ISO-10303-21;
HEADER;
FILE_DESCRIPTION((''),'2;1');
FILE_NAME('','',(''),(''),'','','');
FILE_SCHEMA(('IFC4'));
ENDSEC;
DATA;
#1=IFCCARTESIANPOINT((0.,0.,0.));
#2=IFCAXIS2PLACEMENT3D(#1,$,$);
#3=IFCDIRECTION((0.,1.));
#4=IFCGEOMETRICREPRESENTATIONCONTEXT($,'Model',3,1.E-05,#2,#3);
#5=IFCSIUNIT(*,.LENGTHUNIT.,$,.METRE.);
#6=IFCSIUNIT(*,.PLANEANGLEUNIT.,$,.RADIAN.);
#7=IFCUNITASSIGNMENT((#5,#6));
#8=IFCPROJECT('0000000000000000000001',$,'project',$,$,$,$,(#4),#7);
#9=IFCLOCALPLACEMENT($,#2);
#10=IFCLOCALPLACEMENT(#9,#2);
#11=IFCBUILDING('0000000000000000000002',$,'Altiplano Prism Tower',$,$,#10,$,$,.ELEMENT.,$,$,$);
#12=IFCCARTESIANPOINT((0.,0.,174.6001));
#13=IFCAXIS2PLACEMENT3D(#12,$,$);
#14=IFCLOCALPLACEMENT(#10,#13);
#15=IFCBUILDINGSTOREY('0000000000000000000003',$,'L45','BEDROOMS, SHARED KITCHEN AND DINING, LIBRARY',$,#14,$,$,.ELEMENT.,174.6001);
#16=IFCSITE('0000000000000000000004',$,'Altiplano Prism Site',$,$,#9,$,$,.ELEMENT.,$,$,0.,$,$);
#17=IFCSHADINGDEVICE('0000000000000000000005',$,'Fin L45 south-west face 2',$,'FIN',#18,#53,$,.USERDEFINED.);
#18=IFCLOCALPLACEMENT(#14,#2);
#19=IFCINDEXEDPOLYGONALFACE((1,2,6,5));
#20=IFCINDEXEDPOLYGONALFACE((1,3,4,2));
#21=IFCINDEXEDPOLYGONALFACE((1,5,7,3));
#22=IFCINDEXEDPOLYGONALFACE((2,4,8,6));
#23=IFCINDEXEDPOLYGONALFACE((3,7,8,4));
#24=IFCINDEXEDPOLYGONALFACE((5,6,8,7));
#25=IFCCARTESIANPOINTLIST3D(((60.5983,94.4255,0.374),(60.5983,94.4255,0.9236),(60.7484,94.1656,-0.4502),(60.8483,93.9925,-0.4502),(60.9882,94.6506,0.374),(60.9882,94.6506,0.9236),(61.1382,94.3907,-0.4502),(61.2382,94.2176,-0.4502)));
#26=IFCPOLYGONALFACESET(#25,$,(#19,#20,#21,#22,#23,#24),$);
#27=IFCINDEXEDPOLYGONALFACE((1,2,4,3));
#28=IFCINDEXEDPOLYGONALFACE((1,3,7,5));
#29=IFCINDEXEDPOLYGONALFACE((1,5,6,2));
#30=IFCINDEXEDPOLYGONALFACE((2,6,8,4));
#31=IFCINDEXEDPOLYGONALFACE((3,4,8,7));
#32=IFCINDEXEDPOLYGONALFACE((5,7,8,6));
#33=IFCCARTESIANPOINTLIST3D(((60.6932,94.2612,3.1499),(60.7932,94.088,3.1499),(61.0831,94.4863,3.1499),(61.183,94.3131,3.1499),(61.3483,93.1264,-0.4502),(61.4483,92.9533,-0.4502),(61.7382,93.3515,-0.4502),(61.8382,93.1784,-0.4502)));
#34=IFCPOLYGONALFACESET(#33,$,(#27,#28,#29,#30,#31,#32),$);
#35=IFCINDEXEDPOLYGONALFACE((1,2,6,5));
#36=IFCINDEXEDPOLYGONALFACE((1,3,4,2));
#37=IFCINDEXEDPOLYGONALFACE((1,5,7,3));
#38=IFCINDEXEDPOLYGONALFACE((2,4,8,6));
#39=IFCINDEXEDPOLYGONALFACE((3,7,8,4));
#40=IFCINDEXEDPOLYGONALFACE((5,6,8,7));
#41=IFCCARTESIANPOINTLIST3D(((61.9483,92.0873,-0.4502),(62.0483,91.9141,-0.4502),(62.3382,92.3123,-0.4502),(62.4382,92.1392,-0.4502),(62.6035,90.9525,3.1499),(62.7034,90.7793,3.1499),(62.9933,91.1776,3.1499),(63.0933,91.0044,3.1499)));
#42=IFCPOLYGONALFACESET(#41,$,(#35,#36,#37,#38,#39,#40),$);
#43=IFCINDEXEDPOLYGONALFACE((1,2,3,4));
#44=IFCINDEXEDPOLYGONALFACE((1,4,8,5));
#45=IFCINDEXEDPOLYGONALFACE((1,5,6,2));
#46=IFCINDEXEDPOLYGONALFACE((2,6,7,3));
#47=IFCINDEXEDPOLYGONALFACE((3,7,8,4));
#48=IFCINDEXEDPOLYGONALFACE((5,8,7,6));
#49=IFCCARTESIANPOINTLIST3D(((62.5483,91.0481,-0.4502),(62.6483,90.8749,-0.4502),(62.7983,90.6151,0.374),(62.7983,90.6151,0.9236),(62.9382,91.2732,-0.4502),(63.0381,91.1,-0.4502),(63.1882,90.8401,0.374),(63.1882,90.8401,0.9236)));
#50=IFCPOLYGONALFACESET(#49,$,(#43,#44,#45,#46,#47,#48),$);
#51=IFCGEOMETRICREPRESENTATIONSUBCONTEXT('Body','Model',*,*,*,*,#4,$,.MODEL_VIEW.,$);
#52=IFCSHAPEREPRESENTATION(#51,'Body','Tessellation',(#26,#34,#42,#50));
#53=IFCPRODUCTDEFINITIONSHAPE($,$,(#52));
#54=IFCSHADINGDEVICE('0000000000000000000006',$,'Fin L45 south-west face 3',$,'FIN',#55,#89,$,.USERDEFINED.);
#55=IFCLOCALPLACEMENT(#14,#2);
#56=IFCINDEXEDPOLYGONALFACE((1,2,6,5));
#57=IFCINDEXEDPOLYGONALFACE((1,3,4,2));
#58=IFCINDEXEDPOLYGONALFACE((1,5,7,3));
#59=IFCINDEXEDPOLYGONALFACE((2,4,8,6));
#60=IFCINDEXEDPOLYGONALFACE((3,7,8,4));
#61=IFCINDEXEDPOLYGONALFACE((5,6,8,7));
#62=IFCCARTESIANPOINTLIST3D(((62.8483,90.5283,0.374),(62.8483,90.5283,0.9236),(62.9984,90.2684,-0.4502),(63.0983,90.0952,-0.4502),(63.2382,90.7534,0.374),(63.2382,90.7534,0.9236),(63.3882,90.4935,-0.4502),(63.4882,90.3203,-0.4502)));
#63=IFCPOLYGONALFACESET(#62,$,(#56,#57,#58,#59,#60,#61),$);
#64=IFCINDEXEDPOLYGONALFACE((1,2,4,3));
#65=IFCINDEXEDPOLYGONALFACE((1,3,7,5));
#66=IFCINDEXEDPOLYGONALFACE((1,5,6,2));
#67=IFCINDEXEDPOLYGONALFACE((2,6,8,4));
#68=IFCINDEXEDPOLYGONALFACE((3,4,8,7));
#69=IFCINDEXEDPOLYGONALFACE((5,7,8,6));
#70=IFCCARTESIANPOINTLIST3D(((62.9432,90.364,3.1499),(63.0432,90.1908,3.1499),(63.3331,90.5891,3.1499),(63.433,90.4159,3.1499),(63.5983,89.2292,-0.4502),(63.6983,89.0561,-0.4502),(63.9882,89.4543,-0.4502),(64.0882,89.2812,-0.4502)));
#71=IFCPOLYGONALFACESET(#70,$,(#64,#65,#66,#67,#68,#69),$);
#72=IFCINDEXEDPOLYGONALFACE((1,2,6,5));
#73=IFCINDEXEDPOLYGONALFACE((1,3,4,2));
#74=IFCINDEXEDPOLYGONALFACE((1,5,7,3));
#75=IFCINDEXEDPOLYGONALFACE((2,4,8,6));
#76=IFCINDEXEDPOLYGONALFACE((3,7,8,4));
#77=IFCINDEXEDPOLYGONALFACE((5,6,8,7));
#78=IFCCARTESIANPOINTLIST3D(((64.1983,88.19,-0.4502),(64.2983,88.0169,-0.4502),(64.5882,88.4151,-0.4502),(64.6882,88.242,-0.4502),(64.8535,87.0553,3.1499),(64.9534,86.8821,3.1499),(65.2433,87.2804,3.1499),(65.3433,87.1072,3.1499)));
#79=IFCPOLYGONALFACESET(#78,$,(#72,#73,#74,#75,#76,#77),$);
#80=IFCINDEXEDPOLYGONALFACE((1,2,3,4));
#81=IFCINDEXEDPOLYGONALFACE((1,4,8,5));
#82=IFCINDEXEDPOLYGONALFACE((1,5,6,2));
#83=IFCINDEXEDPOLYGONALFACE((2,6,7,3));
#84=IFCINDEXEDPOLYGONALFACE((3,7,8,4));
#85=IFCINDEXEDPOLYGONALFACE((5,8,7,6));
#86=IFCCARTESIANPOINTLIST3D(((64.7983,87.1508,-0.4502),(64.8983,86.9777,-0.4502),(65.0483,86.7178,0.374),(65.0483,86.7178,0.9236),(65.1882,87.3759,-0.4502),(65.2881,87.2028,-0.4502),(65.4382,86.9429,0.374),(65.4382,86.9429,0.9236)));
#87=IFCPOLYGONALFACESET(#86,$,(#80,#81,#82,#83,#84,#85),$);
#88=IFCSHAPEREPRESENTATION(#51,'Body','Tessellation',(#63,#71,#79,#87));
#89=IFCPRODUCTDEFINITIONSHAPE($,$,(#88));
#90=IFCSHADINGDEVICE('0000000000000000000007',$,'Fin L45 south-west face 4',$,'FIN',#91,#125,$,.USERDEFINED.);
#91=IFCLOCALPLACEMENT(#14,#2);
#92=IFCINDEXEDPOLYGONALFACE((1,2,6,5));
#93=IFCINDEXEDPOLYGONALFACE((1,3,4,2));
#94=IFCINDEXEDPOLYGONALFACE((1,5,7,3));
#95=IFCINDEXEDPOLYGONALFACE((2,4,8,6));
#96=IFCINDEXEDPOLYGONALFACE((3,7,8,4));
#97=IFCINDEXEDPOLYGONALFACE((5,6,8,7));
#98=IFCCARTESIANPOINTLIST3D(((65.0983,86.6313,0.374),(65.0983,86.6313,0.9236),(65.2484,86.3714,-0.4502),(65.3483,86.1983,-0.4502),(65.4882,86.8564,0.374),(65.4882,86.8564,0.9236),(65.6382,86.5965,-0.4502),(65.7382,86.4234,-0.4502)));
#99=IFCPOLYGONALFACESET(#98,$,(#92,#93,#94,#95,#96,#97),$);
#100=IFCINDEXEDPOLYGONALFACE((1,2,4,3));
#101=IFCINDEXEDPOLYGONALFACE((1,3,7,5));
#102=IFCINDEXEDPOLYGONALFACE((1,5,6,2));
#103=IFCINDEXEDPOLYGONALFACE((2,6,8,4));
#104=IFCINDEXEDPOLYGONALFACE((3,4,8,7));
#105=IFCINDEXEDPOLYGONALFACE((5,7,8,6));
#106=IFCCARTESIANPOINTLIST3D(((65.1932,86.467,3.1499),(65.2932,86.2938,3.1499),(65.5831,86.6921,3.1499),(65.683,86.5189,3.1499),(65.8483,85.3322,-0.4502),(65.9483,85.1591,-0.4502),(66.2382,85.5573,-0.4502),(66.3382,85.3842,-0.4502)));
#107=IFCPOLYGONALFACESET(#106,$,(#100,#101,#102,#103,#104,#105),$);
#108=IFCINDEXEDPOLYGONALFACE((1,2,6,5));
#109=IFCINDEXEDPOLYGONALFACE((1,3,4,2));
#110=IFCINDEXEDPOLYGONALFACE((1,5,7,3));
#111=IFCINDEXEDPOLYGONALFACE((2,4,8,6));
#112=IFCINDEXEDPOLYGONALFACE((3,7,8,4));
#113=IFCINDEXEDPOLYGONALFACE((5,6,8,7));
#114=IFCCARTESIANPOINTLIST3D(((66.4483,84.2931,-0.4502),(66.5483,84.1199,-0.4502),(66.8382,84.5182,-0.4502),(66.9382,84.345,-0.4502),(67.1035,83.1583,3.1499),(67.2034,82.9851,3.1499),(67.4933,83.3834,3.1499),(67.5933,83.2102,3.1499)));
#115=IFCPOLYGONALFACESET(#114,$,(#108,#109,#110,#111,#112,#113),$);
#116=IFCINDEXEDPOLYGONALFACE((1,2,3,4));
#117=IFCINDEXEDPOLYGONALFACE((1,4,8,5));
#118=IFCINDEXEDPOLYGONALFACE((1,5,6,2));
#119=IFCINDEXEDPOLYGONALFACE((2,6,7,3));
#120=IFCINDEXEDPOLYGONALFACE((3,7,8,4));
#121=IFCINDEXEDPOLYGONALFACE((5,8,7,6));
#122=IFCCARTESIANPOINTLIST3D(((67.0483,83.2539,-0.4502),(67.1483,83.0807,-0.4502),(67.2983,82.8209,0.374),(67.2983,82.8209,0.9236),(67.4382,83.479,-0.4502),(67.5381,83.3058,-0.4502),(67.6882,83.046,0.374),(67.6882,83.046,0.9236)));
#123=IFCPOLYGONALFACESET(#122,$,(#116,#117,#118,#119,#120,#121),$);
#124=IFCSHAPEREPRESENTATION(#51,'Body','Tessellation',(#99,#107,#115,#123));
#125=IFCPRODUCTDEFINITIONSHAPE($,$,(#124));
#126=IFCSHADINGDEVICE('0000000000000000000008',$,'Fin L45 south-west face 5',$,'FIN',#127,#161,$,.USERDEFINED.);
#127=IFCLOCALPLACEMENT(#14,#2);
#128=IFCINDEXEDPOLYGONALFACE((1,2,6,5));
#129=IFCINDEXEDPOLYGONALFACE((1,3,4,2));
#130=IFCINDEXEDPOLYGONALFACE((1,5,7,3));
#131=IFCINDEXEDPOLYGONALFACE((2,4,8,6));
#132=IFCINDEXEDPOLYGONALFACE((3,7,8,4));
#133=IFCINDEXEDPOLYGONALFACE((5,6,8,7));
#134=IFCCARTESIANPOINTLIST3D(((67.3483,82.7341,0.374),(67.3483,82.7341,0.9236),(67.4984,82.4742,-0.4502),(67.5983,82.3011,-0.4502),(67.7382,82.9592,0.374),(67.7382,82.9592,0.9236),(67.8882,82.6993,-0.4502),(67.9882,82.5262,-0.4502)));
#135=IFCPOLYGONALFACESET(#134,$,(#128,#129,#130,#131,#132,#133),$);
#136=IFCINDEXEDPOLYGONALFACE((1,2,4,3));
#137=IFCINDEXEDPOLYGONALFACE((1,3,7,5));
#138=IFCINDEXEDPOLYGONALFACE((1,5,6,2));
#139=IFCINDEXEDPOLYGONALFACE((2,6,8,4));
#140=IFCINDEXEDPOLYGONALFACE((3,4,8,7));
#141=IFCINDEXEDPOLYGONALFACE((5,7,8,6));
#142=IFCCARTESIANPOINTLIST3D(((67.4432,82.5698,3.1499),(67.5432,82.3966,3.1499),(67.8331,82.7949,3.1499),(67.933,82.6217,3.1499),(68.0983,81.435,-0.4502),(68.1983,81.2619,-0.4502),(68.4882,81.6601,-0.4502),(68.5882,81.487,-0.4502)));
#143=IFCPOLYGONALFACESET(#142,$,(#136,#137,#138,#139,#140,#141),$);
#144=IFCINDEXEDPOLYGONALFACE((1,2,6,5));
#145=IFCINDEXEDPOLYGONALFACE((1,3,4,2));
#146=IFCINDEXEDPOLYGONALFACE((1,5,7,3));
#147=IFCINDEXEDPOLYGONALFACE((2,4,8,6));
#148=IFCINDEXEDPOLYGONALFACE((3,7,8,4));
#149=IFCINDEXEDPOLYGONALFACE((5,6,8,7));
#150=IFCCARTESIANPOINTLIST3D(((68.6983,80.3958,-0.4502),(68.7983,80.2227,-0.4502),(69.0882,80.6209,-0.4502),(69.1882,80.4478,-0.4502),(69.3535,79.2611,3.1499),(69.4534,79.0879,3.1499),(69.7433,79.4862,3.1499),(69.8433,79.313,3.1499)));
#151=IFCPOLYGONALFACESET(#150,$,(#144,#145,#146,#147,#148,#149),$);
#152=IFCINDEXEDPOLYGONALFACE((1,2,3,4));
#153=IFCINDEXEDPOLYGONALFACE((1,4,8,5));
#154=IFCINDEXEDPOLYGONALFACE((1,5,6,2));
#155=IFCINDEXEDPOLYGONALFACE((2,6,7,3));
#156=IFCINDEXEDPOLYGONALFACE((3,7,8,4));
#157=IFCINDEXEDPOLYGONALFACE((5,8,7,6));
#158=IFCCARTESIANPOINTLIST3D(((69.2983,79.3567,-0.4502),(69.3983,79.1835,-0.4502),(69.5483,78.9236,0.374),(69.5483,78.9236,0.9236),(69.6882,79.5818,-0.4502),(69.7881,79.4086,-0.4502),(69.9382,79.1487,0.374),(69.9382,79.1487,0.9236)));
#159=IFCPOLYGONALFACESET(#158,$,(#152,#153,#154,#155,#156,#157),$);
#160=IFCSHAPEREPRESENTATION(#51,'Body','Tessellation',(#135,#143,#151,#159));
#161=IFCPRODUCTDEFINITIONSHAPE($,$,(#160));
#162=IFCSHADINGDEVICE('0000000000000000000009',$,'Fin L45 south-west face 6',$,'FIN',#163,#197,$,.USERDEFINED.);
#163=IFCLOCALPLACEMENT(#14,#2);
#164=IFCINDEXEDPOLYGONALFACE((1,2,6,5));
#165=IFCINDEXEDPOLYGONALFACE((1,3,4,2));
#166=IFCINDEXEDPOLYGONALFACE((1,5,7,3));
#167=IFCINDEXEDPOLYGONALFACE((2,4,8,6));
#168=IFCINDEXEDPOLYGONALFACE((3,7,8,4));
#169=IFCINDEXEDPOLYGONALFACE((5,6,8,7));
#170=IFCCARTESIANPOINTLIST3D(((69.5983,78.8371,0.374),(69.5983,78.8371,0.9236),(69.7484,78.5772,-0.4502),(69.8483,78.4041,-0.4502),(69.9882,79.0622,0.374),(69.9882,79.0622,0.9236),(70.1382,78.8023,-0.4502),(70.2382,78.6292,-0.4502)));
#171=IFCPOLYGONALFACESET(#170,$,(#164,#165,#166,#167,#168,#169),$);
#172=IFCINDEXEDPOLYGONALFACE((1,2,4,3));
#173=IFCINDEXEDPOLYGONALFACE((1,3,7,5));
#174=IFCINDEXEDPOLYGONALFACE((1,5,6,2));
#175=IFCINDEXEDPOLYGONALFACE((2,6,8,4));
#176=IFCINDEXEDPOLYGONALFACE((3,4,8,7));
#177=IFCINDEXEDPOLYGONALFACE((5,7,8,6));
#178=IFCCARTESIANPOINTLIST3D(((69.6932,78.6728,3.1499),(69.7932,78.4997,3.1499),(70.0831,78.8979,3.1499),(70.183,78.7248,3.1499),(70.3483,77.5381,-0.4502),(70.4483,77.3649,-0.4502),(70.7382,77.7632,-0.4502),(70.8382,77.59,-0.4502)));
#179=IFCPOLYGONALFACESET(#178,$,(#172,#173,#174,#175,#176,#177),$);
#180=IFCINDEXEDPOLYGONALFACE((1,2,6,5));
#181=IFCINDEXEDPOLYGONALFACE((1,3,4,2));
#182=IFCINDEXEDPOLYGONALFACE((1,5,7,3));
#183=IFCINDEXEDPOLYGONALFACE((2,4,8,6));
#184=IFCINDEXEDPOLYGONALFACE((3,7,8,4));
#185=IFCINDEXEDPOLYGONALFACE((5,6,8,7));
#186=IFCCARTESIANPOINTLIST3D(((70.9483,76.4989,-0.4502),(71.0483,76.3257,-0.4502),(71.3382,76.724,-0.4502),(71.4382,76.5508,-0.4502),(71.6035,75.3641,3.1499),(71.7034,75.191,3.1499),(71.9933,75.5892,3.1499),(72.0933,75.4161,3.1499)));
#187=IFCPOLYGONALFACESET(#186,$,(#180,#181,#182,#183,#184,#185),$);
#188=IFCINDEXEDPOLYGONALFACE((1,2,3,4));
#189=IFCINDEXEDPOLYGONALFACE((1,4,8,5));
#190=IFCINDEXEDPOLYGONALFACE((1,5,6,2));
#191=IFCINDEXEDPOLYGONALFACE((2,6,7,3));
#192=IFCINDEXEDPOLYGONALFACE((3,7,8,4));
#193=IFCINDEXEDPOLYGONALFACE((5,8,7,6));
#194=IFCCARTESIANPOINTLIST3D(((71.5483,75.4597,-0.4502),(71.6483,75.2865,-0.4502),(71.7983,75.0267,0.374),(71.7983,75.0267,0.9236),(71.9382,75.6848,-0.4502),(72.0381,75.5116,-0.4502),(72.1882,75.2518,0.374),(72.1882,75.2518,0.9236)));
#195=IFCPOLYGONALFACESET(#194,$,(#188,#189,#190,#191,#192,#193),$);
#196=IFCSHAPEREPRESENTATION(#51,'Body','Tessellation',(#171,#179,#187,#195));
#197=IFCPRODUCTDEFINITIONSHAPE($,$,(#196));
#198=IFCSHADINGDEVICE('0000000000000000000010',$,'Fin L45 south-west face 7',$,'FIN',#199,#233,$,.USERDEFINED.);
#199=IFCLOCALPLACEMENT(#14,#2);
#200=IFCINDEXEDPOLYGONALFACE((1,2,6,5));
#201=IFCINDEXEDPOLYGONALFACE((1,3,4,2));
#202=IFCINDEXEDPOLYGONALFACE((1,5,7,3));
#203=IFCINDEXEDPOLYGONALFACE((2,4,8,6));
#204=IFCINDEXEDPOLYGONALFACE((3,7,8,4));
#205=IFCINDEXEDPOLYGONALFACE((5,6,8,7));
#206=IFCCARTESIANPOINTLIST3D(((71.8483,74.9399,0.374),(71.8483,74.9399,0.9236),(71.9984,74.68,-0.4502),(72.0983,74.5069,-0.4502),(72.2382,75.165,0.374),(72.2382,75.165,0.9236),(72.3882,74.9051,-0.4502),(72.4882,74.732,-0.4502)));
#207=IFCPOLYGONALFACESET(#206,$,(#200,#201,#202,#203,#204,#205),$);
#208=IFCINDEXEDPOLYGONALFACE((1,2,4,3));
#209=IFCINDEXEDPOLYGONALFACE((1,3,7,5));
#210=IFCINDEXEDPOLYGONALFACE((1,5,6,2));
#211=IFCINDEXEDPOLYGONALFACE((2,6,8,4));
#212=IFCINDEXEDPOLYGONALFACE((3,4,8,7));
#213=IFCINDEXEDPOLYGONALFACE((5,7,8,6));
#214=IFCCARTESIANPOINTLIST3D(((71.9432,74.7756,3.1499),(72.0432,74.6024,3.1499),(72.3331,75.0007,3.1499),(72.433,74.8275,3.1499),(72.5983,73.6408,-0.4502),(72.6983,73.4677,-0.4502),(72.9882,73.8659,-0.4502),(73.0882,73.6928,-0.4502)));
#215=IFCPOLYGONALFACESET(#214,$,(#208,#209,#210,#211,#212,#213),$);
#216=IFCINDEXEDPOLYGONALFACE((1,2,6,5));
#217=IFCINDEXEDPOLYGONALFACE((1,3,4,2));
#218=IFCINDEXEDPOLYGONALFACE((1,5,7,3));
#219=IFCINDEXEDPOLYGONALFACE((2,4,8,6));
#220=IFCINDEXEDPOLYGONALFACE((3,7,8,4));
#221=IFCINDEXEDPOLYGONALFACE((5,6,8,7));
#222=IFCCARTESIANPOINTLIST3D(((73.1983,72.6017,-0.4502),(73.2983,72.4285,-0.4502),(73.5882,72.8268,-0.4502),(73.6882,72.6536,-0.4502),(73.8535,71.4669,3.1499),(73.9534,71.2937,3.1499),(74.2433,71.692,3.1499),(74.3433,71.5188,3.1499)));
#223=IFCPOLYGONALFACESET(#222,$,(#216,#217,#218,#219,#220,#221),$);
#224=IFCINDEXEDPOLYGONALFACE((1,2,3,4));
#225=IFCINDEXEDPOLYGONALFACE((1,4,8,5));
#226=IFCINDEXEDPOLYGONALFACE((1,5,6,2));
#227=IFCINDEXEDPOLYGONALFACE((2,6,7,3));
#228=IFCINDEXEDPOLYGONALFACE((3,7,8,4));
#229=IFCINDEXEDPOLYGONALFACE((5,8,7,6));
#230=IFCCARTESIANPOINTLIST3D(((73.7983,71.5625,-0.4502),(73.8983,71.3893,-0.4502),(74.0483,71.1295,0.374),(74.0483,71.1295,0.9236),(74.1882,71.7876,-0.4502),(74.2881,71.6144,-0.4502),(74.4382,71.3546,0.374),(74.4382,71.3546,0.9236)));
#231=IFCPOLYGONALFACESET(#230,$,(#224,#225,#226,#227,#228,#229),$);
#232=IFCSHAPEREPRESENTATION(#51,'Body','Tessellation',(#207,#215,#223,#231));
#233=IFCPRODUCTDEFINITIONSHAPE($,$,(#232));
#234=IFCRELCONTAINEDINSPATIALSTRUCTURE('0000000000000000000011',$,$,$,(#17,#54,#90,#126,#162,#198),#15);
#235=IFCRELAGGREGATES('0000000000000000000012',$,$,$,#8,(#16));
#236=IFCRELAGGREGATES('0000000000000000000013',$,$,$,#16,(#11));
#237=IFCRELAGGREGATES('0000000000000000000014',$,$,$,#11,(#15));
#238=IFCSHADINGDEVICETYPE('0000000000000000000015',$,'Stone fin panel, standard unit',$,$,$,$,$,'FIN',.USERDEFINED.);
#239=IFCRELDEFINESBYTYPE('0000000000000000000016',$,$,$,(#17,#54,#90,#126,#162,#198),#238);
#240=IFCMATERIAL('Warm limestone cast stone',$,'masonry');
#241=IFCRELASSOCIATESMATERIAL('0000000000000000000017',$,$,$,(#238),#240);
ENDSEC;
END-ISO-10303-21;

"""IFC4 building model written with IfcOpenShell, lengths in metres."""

from ifc_helpers import new_model, si_unit, direction, frame, origin, place, context, subcontext, project, spatial, polyline, outline, extrude, source, transform, mapped, material, type_object, element, save


model = new_model("IFC4")

# Units and contexts
model_context = context("Model", 3, precision=1e-05, world=origin(), true_north=direction((0.0, 1.0)))
body_context = subcontext(model_context, "Body", "Model", "MODEL_VIEW")
ifc_project = project(units=[si_unit("LENGTHUNIT", "METRE"), si_unit("PLANEANGLEUNIT", "RADIAN")], contexts=[model_context])

# Site, building, storey
site_placement = place(None, origin())
site = spatial("IfcSite", under=ifc_project, at=site_placement, Name="Altiplano Prism Site", CompositionType="ELEMENT", RefElevation=0.0)
building_placement = place(site_placement, origin())
building = spatial("IfcBuilding", under=site, at=building_placement, Name="Altiplano Prism Tower", CompositionType="ELEMENT")
storey_placement = place(building_placement, frame((0.0, 0.0, 174.6001)))
storey = spatial("IfcBuildingStorey", under=building, at=storey_placement, Name="L45", Description="BEDROOMS, SHARED KITCHEN AND DINING, LIBRARY", CompositionType="ELEMENT", Elevation=174.6001)

# Shading devices
ifc_material_1 = material(Name="Warm limestone cast stone", Category="masonry")
shared_shape_1 = source(origin(), body_context, "Body", "SweptSolid", [
    extrude(outline(polyline([(-2.2, 1.3738), (-2.2, 0.8242), (-1.8999, 0.0), (-1.7, 0.0), (-2.2, 1.3738)])), frame((0.0, -0.1499, 0.0), z_axis=(0.0, -1.0, 0.0), x_axis=(1.0, 0.0, 0.0)), (0.0, 0.0, 1.0), 0.4502),
    extrude(outline(polyline([(-2.0103, 3.6001), (-0.7, 0.0), (-0.5, 0.0), (-1.8103, 3.6001), (-2.0103, 3.6001)])), frame((0.0, -0.1499, 0.0), z_axis=(0.0, -1.0, 0.0), x_axis=(1.0, 0.0, 0.0)), (0.0, 0.0, 1.0), 0.4502),
    extrude(outline(polyline([(1.8103, 3.6001), (0.5, 0.0), (0.7, 0.0), (2.0103, 3.6001), (1.8103, 3.6001)])), frame((0.0, -0.1499, 0.0), z_axis=(0.0, -1.0, 0.0), x_axis=(1.0, 0.0, 0.0)), (0.0, 0.0, 1.0), 0.4502),
    extrude(outline(polyline([(2.2, 0.8242), (2.2, 1.3738), (1.7, 0.0), (1.8999, 0.0), (2.2, 0.8242)])), frame((0.0, -0.1499, 0.0), z_axis=(0.0, -1.0, 0.0), x_axis=(1.0, 0.0, 0.0)), (0.0, 0.0, 1.0), 0.4502),
])
shading_device_type_1 = type_object("IfcShadingDeviceType", Name="Stone fin panel, standard unit", ElementType="FIN", PredefinedType="USERDEFINED", material=ifc_material_1)
shading_device_1_placement = place(storey_placement, origin())
element("IfcShadingDevice", 1, at=shading_device_1_placement, inside=storey, type_object=shading_device_type_1, Name="Fin L45 south-west face 2", ObjectType="FIN", PredefinedType="USERDEFINED", context=body_context, shape_type="MappedRepresentation", body=[
    mapped(shared_shape_1, transform((62.218, 92.8203, -0.4502), x_axis=(0.5, -0.866025, 0.0), y_axis=(0.866025, 0.5, 0.0), z_axis=(0.0, 0.0, 1.0))),
])
shading_device_2_placement = place(storey_placement, origin())
element("IfcShadingDevice", 2, at=shading_device_2_placement, inside=storey, type_object=shading_device_type_1, Name="Fin L45 south-west face 3", ObjectType="FIN", PredefinedType="USERDEFINED", context=body_context, shape_type="MappedRepresentation", body=[
    mapped(shared_shape_1, transform((64.468, 88.9231, -0.4502), x_axis=(0.5, -0.866025, 0.0), y_axis=(0.866025, 0.5, 0.0), z_axis=(0.0, 0.0, 1.0))),
])
shading_device_3_placement = place(storey_placement, origin())
element("IfcShadingDevice", 3, at=shading_device_3_placement, inside=storey, type_object=shading_device_type_1, Name="Fin L45 south-west face 4", ObjectType="FIN", PredefinedType="USERDEFINED", context=body_context, shape_type="MappedRepresentation", body=[
    mapped(shared_shape_1, transform((66.718, 85.0261, -0.4502), x_axis=(0.5, -0.866025, 0.0), y_axis=(0.866025, 0.5, 0.0), z_axis=(0.0, 0.0, 1.0))),
])
shading_device_4_placement = place(storey_placement, origin())
element("IfcShadingDevice", 4, at=shading_device_4_placement, inside=storey, type_object=shading_device_type_1, Name="Fin L45 south-west face 5", ObjectType="FIN", PredefinedType="USERDEFINED", context=body_context, shape_type="MappedRepresentation", body=[
    mapped(shared_shape_1, transform((68.968, 81.1289, -0.4502), x_axis=(0.5, -0.866025, 0.0), y_axis=(0.866025, 0.5, 0.0), z_axis=(0.0, 0.0, 1.0))),
])
shading_device_5_placement = place(storey_placement, origin())
element("IfcShadingDevice", 5, at=shading_device_5_placement, inside=storey, type_object=shading_device_type_1, Name="Fin L45 south-west face 6", ObjectType="FIN", PredefinedType="USERDEFINED", context=body_context, shape_type="MappedRepresentation", body=[
    mapped(shared_shape_1, transform((71.218, 77.2319, -0.4502), x_axis=(0.5, -0.866025, 0.0), y_axis=(0.866025, 0.5, 0.0), z_axis=(0.0, 0.0, 1.0))),
])
shading_device_6_placement = place(storey_placement, origin())
element("IfcShadingDevice", 6, at=shading_device_6_placement, inside=storey, type_object=shading_device_type_1, Name="Fin L45 south-west face 7", ObjectType="FIN", PredefinedType="USERDEFINED", context=body_context, shape_type="MappedRepresentation", body=[
    mapped(shared_shape_1, transform((73.468, 73.3347, -0.4502), x_axis=(0.5, -0.866025, 0.0), y_axis=(0.866025, 0.5, 0.0), z_axis=(0.0, 0.0, 1.0))),
])

save(model, "model.ifc")
